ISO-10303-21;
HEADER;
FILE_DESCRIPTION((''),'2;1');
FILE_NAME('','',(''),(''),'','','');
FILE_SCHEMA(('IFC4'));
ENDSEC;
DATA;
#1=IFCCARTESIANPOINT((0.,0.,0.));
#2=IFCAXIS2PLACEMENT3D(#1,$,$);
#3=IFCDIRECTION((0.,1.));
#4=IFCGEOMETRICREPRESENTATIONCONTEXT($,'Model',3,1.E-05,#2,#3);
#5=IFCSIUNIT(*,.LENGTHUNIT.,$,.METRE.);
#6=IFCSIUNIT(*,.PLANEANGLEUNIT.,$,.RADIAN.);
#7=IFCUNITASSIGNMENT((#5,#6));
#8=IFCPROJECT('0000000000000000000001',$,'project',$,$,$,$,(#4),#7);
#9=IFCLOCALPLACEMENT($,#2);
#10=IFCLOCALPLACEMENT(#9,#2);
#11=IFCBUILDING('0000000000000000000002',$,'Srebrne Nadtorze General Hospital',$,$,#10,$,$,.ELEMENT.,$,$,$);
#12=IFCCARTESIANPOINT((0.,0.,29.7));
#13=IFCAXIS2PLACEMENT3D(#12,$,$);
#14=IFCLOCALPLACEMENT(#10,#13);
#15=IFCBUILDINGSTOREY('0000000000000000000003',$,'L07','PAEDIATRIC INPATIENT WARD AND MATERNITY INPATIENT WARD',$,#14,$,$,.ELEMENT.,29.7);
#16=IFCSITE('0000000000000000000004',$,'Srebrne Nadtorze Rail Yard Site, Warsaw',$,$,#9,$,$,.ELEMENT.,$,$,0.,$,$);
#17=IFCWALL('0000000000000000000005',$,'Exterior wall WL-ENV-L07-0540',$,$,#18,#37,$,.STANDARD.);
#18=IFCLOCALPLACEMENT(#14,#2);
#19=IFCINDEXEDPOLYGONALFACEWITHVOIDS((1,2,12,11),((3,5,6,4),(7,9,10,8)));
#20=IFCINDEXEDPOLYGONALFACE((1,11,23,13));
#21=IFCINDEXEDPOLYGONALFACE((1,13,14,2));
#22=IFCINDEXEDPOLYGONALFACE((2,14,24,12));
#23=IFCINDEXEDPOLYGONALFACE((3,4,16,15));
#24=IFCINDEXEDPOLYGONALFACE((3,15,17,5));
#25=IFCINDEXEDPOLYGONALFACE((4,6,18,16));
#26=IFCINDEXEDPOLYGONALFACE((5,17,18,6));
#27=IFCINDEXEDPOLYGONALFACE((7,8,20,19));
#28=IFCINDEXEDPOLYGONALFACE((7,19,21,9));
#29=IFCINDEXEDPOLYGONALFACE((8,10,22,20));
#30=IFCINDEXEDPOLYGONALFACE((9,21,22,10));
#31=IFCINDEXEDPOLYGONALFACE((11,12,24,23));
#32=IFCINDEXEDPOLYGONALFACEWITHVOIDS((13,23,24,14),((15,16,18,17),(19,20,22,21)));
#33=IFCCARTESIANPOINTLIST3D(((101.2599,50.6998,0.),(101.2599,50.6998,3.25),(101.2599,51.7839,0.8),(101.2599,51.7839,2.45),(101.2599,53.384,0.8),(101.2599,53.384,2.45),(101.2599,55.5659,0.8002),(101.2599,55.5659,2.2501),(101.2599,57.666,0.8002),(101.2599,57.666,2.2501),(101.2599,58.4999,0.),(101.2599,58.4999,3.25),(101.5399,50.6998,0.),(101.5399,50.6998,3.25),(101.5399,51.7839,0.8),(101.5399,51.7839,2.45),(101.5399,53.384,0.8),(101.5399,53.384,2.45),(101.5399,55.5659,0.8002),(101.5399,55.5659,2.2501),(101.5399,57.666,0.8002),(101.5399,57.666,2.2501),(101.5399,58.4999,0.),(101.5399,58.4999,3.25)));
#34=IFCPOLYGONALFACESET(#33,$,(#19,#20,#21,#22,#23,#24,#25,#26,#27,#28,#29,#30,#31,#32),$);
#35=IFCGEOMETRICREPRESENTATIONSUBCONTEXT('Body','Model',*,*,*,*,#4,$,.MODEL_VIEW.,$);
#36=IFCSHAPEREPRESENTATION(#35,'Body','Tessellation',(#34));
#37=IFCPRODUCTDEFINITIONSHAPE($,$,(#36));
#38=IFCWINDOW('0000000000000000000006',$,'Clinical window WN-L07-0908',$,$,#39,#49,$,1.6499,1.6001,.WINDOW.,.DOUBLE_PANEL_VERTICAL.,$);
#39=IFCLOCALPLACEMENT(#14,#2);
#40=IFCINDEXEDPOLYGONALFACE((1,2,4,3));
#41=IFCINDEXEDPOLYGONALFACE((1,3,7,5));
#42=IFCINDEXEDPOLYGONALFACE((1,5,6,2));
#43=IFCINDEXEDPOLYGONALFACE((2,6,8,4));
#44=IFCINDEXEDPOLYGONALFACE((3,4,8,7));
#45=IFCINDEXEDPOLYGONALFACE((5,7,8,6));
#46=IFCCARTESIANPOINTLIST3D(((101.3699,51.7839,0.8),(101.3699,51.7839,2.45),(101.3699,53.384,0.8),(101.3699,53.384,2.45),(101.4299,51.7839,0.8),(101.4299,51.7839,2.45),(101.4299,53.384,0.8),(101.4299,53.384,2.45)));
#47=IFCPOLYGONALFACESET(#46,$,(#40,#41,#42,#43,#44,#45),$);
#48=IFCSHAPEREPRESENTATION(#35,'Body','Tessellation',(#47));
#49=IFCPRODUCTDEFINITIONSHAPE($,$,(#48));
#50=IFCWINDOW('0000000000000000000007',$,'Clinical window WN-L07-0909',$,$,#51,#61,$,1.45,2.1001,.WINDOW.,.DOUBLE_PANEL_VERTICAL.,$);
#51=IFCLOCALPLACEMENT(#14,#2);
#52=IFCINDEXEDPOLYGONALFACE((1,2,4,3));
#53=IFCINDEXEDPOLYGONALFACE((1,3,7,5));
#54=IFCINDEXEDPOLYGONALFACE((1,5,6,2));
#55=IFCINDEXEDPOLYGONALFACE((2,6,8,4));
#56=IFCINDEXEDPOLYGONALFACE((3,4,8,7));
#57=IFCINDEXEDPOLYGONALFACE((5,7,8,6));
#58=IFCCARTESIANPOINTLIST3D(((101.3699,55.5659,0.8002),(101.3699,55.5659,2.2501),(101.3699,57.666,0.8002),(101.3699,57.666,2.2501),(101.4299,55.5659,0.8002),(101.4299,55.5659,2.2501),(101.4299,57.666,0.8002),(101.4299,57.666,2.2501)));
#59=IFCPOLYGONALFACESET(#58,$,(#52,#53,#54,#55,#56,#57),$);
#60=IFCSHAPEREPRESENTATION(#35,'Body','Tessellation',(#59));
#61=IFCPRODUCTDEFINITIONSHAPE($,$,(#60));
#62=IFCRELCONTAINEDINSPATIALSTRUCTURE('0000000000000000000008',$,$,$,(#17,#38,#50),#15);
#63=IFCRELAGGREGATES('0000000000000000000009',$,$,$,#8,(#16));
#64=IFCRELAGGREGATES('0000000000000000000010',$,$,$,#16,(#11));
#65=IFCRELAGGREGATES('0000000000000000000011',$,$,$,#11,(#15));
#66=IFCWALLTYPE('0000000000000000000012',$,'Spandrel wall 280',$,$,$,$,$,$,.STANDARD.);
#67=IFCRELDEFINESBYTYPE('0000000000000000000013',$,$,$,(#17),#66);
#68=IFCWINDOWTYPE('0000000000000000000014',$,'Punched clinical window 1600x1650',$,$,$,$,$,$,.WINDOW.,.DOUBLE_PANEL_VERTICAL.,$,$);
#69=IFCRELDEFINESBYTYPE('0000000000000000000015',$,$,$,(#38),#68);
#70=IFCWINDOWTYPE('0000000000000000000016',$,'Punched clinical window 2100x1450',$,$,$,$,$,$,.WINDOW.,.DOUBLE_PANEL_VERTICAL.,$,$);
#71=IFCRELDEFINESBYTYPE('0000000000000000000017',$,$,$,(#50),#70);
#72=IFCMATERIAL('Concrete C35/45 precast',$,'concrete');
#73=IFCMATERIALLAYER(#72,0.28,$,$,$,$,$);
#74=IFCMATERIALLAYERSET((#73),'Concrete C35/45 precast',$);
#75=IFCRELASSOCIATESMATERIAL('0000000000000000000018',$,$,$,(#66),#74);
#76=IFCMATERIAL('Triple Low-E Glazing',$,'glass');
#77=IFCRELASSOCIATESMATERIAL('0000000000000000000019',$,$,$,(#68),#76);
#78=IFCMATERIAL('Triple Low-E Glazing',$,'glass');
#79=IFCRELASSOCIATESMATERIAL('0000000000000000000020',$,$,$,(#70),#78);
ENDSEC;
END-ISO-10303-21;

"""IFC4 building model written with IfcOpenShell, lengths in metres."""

from ifc_helpers import new_model, si_unit, direction, frame, frame_2d, origin, place, context, subcontext, project, spatial, rectangle, extrude, material, layer, layer_set, type_object, element, fill, save


model = new_model("IFC4")

# Units and contexts
model_context = context("Model", 3, precision=1e-05, world=origin(), true_north=direction((0.0, 1.0)))
body_context = subcontext(model_context, "Body", "Model", "MODEL_VIEW")
ifc_project = project(units=[si_unit("LENGTHUNIT", "METRE"), si_unit("PLANEANGLEUNIT", "RADIAN")], contexts=[model_context])

# Site, building, storey
site_placement = place(None, origin())
site = spatial("IfcSite", under=ifc_project, at=site_placement, Name="Srebrne Nadtorze Rail Yard Site, Warsaw", CompositionType="ELEMENT", RefElevation=0.0)
building_placement = place(site_placement, origin())
building = spatial("IfcBuilding", under=site, at=building_placement, Name="Srebrne Nadtorze General Hospital", CompositionType="ELEMENT")
storey_placement = place(building_placement, frame((0.0, 0.0, 29.7)))
storey = spatial("IfcBuildingStorey", under=building, at=storey_placement, Name="L07", Description="PAEDIATRIC INPATIENT WARD AND MATERNITY INPATIENT WARD", CompositionType="ELEMENT", Elevation=29.7)

# Wall, openings, windows
ifc_material_1 = material(Name="Concrete C35/45 precast", Category="concrete")
ifc_layer_1 = layer(ifc_material_1, 0.28)
ifc_layer_set_1 = layer_set([ifc_layer_1], Name="Concrete C35/45 precast")
wall_type_1 = type_object("IfcWallType", Name="Spandrel wall 280", PredefinedType="STANDARD", material=ifc_layer_set_1)
wall_1_placement = place(storey_placement, frame((101.3999, 50.7, 0.0), z_axis=(0.0, 0.0, 1.0), x_axis=(0.0, 1.0, 0.0)))
wall_1 = element("IfcWall", 1, at=wall_1_placement, inside=storey, type_object=wall_type_1, Name="Exterior wall WL-ENV-L07-0540", PredefinedType="STANDARD", context=body_context, shape_type="SweptSolid", body=[
    extrude(rectangle(XDim=7.8, YDim=0.28, at=frame_2d((3.8999, 0.0))), origin(), (0.0, 0.0, 1.0), 3.25),
])
opening_1_placement = place(wall_1_placement, frame((1.084, 0.0, 0.8)))
opening_1 = element("IfcOpeningElement", 2, at=opening_1_placement, cuts=wall_1, PredefinedType="OPENING", context=body_context, shape_type="SweptSolid", body=[
    extrude(rectangle(XDim=1.6001, YDim=1.6499, at=frame_2d((0.8, 0.825))), frame((0.0, 0.1519, 0.0), z_axis=(0.0, -1.0, 0.0), x_axis=(1.0, 0.0, 0.0)), (0.0, 0.0, 1.0), 0.304),
])
opening_2_placement = place(wall_1_placement, frame((4.866, 0.0, 0.8)))
opening_2 = element("IfcOpeningElement", 3, at=opening_2_placement, cuts=wall_1, PredefinedType="OPENING", context=body_context, shape_type="SweptSolid", body=[
    extrude(rectangle(XDim=2.1001, YDim=1.45, at=frame_2d((1.05, 0.7251))), frame((0.0, 0.1519, 0.0), z_axis=(0.0, -1.0, 0.0), x_axis=(1.0, 0.0, 0.0)), (0.0, 0.0, 1.0), 0.304),
])
ifc_material_2 = material(Name="Triple Low-E Glazing", Category="glass")
window_type_1 = type_object("IfcWindowType", Name="Punched clinical window 1600x1650", PartitioningType="DOUBLE_PANEL_VERTICAL", PredefinedType="WINDOW", material=ifc_material_2)
window_1_placement = place(opening_1_placement, origin())
window_1 = element("IfcWindow", 4, at=window_1_placement, inside=storey, type_object=window_type_1, Name="Clinical window WN-L07-0908", OverallHeight=1.6499, OverallWidth=1.6001, PartitioningType="DOUBLE_PANEL_VERTICAL", PredefinedType="WINDOW", context=body_context, shape_type="SweptSolid", body=[
    extrude(rectangle(XDim=1.6001, YDim=1.6499, at=frame_2d((0.8, 0.825))), frame((0.0, 0.03, 0.0), z_axis=(0.0, -1.0, 0.0), x_axis=(1.0, 0.0, 0.0)), (0.0, 0.0, 1.0), 0.0601),
])
fill(opening_1, window_1)
ifc_material_3 = material(Name="Triple Low-E Glazing", Category="glass")
window_type_2 = type_object("IfcWindowType", Name="Punched clinical window 2100x1450", PartitioningType="DOUBLE_PANEL_VERTICAL", PredefinedType="WINDOW", material=ifc_material_3)
window_2_placement = place(opening_2_placement, origin())
window_2 = element("IfcWindow", 5, at=window_2_placement, inside=storey, type_object=window_type_2, Name="Clinical window WN-L07-0909", OverallHeight=1.45, OverallWidth=2.1001, PartitioningType="DOUBLE_PANEL_VERTICAL", PredefinedType="WINDOW", context=body_context, shape_type="SweptSolid", body=[
    extrude(rectangle(XDim=2.1001, YDim=1.45, at=frame_2d((1.05, 0.7251))), frame((0.0, 0.03, 0.0), z_axis=(0.0, -1.0, 0.0), x_axis=(1.0, 0.0, 0.0)), (0.0, 0.0, 1.0), 0.0601),
])
fill(opening_2, window_2)

save(model, "model.ifc")
